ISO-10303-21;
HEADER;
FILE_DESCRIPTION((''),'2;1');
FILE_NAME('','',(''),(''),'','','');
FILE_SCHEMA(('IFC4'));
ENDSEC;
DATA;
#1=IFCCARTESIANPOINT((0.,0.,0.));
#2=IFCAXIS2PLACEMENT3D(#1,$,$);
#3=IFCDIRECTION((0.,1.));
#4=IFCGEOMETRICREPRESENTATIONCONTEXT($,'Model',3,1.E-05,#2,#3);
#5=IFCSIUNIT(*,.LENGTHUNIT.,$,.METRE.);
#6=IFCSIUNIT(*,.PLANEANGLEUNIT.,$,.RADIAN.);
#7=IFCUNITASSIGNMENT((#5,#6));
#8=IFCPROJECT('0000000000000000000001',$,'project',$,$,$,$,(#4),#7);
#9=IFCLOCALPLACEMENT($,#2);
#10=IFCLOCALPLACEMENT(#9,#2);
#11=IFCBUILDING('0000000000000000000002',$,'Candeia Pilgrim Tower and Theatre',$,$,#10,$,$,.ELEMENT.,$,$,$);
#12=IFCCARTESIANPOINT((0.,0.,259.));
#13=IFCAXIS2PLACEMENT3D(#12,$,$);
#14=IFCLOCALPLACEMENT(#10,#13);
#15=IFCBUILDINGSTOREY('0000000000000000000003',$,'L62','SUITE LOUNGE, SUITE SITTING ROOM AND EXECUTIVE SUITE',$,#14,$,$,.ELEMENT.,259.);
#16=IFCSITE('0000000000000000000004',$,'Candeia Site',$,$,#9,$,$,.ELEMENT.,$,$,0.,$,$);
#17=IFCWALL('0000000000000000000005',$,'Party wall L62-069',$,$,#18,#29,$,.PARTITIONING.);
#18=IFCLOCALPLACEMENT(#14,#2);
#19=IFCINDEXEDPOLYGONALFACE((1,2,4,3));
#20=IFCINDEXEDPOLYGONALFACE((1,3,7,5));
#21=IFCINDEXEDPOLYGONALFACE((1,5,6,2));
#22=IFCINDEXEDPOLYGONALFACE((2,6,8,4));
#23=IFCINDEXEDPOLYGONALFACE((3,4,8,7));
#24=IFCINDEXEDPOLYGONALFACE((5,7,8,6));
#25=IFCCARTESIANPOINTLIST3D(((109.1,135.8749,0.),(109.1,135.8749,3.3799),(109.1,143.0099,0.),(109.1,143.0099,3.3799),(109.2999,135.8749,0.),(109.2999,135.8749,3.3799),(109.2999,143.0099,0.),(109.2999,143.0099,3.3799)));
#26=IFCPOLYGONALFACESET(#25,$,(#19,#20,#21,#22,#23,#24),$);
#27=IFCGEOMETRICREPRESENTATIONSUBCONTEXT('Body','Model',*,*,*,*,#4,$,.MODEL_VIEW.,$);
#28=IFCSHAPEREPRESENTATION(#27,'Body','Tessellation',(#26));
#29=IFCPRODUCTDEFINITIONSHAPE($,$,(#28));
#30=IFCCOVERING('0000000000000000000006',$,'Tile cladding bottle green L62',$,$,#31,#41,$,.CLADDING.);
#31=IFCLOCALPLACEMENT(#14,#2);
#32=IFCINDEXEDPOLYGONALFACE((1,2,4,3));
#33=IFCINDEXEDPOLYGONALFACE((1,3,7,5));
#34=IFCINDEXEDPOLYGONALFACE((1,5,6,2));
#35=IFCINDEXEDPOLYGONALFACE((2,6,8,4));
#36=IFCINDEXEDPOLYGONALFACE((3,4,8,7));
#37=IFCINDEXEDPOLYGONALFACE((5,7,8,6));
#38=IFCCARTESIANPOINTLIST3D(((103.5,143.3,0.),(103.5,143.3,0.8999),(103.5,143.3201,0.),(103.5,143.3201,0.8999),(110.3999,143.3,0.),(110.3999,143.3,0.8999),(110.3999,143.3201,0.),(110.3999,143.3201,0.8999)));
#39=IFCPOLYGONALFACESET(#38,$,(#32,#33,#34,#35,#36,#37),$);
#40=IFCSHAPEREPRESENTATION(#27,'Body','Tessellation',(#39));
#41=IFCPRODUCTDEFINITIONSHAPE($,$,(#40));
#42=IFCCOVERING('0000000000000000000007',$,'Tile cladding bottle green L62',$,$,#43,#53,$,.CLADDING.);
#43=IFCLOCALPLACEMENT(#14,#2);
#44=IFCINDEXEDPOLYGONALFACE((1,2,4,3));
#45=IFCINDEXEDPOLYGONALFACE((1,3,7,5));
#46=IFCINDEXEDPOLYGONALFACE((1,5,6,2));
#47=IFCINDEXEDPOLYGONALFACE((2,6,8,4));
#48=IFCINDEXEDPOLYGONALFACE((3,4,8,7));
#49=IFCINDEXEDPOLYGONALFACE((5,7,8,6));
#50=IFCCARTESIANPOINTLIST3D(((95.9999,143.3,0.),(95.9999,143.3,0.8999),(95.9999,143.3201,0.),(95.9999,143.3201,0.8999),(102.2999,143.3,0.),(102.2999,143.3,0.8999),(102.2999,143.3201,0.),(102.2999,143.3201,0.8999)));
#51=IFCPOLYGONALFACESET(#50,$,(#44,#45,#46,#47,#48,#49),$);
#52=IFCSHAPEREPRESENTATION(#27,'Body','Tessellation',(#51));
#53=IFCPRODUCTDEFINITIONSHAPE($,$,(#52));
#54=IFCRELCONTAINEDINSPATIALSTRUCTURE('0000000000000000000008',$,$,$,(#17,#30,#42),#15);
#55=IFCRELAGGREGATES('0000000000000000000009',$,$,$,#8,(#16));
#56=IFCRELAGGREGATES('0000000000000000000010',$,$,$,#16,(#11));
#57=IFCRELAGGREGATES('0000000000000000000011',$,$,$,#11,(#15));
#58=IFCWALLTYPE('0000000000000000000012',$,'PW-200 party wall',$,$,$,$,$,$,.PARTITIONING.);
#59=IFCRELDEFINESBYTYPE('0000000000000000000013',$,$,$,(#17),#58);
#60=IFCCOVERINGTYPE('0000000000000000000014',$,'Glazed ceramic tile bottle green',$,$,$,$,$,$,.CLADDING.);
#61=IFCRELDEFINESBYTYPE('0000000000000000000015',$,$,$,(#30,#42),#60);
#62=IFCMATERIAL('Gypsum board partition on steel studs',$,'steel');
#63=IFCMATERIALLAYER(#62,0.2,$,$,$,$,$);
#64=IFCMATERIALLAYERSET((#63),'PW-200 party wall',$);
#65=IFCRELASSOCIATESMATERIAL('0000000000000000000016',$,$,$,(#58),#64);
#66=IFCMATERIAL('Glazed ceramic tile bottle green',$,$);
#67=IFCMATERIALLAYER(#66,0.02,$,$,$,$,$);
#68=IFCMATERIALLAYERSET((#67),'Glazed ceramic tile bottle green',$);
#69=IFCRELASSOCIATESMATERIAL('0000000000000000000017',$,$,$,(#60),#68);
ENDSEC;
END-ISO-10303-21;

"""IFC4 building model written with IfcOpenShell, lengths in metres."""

from ifc_helpers import new_model, si_unit, direction, frame, frame_2d, origin, origin_2d, place, context, subcontext, project, spatial, rectangle, extrude, material, layer, layer_set, type_object, element, save


model = new_model("IFC4")

# Units and contexts
model_context = context("Model", 3, precision=1e-05, world=origin(), true_north=direction((0.0, 1.0)))
body_context = subcontext(model_context, "Body", "Model", "MODEL_VIEW")
ifc_project = project(units=[si_unit("LENGTHUNIT", "METRE"), si_unit("PLANEANGLEUNIT", "RADIAN")], contexts=[model_context])

# Site, building, storey
site_placement = place(None, origin())
site = spatial("IfcSite", under=ifc_project, at=site_placement, Name="Candeia Site", CompositionType="ELEMENT", RefElevation=0.0)
building_placement = place(site_placement, origin())
building = spatial("IfcBuilding", under=site, at=building_placement, Name="Candeia Pilgrim Tower and Theatre", CompositionType="ELEMENT")
storey_placement = place(building_placement, frame((0.0, 0.0, 259.0)))
storey = spatial("IfcBuildingStorey", under=building, at=storey_placement, Name="L62", Description="SUITE LOUNGE, SUITE SITTING ROOM AND EXECUTIVE SUITE", CompositionType="ELEMENT", Elevation=259.0)

# Shared definitions
ifc_material_1 = material(Name="Gypsum board partition on steel studs", Category="steel")

# Wall
ifc_layer_1 = layer(ifc_material_1, 0.2)
ifc_layer_set_1 = layer_set([ifc_layer_1], Name="PW-200 party wall")
wall_type_1 = type_object("IfcWallType", Name="PW-200 party wall", PredefinedType="PARTITIONING", material=ifc_layer_set_1)
for number, where, z_axis, x_axis, name in (
    (1, (109.2, 135.875, 0.0), (0.0, 0.0, 1.0), (0.0, 1.0, 0.0), "Party wall L62-069"),
):
    element("IfcWall", number, at=place(storey_placement, frame(where, z_axis=z_axis, x_axis=x_axis)), inside=storey, type_object=wall_type_1, Name=name, PredefinedType="PARTITIONING", context=body_context, shape_type="SweptSolid", body=[
        extrude(rectangle(XDim=7.135, YDim=0.2, at=frame_2d((3.5674, 0.0))), origin(), (0.0, 0.0, 1.0), 3.3799),
    ])

# Coverings
ifc_material_2 = material(Name="Glazed ceramic tile bottle green")
ifc_layer_2 = layer(ifc_material_2, 0.02)
ifc_layer_set_2 = layer_set([ifc_layer_2], Name="Glazed ceramic tile bottle green")
covering_type = type_object("IfcCoveringType", Name="Glazed ceramic tile bottle green", PredefinedType="CLADDING", material=ifc_layer_set_2)
covering_1_placement = place(storey_placement, frame((106.95, 143.3101, 0.0), z_axis=(0.0, 0.0, 1.0), x_axis=(-1.0, 0.0, 0.0)))
element("IfcCovering", 2, at=covering_1_placement, inside=storey, type_object=covering_type, Name="Tile cladding bottle green L62", PredefinedType="CLADDING", context=body_context, shape_type="SweptSolid", body=[
    extrude(rectangle(XDim=6.8999, YDim=0.02, at=origin_2d()), origin(), (0.0, 0.0, 1.0), 0.8999),
])
covering_2_placement = place(storey_placement, frame((99.1499, 143.3101, 0.0), z_axis=(0.0, 0.0, 1.0), x_axis=(-1.0, 0.0, 0.0)))
element("IfcCovering", 3, at=covering_2_placement, inside=storey, type_object=covering_type, Name="Tile cladding bottle green L62", PredefinedType="CLADDING", context=body_context, shape_type="SweptSolid", body=[
    extrude(rectangle(XDim=6.3, YDim=0.02, at=origin_2d()), origin(), (0.0, 0.0, 1.0), 0.8999),
])

save(model, "model.ifc")
